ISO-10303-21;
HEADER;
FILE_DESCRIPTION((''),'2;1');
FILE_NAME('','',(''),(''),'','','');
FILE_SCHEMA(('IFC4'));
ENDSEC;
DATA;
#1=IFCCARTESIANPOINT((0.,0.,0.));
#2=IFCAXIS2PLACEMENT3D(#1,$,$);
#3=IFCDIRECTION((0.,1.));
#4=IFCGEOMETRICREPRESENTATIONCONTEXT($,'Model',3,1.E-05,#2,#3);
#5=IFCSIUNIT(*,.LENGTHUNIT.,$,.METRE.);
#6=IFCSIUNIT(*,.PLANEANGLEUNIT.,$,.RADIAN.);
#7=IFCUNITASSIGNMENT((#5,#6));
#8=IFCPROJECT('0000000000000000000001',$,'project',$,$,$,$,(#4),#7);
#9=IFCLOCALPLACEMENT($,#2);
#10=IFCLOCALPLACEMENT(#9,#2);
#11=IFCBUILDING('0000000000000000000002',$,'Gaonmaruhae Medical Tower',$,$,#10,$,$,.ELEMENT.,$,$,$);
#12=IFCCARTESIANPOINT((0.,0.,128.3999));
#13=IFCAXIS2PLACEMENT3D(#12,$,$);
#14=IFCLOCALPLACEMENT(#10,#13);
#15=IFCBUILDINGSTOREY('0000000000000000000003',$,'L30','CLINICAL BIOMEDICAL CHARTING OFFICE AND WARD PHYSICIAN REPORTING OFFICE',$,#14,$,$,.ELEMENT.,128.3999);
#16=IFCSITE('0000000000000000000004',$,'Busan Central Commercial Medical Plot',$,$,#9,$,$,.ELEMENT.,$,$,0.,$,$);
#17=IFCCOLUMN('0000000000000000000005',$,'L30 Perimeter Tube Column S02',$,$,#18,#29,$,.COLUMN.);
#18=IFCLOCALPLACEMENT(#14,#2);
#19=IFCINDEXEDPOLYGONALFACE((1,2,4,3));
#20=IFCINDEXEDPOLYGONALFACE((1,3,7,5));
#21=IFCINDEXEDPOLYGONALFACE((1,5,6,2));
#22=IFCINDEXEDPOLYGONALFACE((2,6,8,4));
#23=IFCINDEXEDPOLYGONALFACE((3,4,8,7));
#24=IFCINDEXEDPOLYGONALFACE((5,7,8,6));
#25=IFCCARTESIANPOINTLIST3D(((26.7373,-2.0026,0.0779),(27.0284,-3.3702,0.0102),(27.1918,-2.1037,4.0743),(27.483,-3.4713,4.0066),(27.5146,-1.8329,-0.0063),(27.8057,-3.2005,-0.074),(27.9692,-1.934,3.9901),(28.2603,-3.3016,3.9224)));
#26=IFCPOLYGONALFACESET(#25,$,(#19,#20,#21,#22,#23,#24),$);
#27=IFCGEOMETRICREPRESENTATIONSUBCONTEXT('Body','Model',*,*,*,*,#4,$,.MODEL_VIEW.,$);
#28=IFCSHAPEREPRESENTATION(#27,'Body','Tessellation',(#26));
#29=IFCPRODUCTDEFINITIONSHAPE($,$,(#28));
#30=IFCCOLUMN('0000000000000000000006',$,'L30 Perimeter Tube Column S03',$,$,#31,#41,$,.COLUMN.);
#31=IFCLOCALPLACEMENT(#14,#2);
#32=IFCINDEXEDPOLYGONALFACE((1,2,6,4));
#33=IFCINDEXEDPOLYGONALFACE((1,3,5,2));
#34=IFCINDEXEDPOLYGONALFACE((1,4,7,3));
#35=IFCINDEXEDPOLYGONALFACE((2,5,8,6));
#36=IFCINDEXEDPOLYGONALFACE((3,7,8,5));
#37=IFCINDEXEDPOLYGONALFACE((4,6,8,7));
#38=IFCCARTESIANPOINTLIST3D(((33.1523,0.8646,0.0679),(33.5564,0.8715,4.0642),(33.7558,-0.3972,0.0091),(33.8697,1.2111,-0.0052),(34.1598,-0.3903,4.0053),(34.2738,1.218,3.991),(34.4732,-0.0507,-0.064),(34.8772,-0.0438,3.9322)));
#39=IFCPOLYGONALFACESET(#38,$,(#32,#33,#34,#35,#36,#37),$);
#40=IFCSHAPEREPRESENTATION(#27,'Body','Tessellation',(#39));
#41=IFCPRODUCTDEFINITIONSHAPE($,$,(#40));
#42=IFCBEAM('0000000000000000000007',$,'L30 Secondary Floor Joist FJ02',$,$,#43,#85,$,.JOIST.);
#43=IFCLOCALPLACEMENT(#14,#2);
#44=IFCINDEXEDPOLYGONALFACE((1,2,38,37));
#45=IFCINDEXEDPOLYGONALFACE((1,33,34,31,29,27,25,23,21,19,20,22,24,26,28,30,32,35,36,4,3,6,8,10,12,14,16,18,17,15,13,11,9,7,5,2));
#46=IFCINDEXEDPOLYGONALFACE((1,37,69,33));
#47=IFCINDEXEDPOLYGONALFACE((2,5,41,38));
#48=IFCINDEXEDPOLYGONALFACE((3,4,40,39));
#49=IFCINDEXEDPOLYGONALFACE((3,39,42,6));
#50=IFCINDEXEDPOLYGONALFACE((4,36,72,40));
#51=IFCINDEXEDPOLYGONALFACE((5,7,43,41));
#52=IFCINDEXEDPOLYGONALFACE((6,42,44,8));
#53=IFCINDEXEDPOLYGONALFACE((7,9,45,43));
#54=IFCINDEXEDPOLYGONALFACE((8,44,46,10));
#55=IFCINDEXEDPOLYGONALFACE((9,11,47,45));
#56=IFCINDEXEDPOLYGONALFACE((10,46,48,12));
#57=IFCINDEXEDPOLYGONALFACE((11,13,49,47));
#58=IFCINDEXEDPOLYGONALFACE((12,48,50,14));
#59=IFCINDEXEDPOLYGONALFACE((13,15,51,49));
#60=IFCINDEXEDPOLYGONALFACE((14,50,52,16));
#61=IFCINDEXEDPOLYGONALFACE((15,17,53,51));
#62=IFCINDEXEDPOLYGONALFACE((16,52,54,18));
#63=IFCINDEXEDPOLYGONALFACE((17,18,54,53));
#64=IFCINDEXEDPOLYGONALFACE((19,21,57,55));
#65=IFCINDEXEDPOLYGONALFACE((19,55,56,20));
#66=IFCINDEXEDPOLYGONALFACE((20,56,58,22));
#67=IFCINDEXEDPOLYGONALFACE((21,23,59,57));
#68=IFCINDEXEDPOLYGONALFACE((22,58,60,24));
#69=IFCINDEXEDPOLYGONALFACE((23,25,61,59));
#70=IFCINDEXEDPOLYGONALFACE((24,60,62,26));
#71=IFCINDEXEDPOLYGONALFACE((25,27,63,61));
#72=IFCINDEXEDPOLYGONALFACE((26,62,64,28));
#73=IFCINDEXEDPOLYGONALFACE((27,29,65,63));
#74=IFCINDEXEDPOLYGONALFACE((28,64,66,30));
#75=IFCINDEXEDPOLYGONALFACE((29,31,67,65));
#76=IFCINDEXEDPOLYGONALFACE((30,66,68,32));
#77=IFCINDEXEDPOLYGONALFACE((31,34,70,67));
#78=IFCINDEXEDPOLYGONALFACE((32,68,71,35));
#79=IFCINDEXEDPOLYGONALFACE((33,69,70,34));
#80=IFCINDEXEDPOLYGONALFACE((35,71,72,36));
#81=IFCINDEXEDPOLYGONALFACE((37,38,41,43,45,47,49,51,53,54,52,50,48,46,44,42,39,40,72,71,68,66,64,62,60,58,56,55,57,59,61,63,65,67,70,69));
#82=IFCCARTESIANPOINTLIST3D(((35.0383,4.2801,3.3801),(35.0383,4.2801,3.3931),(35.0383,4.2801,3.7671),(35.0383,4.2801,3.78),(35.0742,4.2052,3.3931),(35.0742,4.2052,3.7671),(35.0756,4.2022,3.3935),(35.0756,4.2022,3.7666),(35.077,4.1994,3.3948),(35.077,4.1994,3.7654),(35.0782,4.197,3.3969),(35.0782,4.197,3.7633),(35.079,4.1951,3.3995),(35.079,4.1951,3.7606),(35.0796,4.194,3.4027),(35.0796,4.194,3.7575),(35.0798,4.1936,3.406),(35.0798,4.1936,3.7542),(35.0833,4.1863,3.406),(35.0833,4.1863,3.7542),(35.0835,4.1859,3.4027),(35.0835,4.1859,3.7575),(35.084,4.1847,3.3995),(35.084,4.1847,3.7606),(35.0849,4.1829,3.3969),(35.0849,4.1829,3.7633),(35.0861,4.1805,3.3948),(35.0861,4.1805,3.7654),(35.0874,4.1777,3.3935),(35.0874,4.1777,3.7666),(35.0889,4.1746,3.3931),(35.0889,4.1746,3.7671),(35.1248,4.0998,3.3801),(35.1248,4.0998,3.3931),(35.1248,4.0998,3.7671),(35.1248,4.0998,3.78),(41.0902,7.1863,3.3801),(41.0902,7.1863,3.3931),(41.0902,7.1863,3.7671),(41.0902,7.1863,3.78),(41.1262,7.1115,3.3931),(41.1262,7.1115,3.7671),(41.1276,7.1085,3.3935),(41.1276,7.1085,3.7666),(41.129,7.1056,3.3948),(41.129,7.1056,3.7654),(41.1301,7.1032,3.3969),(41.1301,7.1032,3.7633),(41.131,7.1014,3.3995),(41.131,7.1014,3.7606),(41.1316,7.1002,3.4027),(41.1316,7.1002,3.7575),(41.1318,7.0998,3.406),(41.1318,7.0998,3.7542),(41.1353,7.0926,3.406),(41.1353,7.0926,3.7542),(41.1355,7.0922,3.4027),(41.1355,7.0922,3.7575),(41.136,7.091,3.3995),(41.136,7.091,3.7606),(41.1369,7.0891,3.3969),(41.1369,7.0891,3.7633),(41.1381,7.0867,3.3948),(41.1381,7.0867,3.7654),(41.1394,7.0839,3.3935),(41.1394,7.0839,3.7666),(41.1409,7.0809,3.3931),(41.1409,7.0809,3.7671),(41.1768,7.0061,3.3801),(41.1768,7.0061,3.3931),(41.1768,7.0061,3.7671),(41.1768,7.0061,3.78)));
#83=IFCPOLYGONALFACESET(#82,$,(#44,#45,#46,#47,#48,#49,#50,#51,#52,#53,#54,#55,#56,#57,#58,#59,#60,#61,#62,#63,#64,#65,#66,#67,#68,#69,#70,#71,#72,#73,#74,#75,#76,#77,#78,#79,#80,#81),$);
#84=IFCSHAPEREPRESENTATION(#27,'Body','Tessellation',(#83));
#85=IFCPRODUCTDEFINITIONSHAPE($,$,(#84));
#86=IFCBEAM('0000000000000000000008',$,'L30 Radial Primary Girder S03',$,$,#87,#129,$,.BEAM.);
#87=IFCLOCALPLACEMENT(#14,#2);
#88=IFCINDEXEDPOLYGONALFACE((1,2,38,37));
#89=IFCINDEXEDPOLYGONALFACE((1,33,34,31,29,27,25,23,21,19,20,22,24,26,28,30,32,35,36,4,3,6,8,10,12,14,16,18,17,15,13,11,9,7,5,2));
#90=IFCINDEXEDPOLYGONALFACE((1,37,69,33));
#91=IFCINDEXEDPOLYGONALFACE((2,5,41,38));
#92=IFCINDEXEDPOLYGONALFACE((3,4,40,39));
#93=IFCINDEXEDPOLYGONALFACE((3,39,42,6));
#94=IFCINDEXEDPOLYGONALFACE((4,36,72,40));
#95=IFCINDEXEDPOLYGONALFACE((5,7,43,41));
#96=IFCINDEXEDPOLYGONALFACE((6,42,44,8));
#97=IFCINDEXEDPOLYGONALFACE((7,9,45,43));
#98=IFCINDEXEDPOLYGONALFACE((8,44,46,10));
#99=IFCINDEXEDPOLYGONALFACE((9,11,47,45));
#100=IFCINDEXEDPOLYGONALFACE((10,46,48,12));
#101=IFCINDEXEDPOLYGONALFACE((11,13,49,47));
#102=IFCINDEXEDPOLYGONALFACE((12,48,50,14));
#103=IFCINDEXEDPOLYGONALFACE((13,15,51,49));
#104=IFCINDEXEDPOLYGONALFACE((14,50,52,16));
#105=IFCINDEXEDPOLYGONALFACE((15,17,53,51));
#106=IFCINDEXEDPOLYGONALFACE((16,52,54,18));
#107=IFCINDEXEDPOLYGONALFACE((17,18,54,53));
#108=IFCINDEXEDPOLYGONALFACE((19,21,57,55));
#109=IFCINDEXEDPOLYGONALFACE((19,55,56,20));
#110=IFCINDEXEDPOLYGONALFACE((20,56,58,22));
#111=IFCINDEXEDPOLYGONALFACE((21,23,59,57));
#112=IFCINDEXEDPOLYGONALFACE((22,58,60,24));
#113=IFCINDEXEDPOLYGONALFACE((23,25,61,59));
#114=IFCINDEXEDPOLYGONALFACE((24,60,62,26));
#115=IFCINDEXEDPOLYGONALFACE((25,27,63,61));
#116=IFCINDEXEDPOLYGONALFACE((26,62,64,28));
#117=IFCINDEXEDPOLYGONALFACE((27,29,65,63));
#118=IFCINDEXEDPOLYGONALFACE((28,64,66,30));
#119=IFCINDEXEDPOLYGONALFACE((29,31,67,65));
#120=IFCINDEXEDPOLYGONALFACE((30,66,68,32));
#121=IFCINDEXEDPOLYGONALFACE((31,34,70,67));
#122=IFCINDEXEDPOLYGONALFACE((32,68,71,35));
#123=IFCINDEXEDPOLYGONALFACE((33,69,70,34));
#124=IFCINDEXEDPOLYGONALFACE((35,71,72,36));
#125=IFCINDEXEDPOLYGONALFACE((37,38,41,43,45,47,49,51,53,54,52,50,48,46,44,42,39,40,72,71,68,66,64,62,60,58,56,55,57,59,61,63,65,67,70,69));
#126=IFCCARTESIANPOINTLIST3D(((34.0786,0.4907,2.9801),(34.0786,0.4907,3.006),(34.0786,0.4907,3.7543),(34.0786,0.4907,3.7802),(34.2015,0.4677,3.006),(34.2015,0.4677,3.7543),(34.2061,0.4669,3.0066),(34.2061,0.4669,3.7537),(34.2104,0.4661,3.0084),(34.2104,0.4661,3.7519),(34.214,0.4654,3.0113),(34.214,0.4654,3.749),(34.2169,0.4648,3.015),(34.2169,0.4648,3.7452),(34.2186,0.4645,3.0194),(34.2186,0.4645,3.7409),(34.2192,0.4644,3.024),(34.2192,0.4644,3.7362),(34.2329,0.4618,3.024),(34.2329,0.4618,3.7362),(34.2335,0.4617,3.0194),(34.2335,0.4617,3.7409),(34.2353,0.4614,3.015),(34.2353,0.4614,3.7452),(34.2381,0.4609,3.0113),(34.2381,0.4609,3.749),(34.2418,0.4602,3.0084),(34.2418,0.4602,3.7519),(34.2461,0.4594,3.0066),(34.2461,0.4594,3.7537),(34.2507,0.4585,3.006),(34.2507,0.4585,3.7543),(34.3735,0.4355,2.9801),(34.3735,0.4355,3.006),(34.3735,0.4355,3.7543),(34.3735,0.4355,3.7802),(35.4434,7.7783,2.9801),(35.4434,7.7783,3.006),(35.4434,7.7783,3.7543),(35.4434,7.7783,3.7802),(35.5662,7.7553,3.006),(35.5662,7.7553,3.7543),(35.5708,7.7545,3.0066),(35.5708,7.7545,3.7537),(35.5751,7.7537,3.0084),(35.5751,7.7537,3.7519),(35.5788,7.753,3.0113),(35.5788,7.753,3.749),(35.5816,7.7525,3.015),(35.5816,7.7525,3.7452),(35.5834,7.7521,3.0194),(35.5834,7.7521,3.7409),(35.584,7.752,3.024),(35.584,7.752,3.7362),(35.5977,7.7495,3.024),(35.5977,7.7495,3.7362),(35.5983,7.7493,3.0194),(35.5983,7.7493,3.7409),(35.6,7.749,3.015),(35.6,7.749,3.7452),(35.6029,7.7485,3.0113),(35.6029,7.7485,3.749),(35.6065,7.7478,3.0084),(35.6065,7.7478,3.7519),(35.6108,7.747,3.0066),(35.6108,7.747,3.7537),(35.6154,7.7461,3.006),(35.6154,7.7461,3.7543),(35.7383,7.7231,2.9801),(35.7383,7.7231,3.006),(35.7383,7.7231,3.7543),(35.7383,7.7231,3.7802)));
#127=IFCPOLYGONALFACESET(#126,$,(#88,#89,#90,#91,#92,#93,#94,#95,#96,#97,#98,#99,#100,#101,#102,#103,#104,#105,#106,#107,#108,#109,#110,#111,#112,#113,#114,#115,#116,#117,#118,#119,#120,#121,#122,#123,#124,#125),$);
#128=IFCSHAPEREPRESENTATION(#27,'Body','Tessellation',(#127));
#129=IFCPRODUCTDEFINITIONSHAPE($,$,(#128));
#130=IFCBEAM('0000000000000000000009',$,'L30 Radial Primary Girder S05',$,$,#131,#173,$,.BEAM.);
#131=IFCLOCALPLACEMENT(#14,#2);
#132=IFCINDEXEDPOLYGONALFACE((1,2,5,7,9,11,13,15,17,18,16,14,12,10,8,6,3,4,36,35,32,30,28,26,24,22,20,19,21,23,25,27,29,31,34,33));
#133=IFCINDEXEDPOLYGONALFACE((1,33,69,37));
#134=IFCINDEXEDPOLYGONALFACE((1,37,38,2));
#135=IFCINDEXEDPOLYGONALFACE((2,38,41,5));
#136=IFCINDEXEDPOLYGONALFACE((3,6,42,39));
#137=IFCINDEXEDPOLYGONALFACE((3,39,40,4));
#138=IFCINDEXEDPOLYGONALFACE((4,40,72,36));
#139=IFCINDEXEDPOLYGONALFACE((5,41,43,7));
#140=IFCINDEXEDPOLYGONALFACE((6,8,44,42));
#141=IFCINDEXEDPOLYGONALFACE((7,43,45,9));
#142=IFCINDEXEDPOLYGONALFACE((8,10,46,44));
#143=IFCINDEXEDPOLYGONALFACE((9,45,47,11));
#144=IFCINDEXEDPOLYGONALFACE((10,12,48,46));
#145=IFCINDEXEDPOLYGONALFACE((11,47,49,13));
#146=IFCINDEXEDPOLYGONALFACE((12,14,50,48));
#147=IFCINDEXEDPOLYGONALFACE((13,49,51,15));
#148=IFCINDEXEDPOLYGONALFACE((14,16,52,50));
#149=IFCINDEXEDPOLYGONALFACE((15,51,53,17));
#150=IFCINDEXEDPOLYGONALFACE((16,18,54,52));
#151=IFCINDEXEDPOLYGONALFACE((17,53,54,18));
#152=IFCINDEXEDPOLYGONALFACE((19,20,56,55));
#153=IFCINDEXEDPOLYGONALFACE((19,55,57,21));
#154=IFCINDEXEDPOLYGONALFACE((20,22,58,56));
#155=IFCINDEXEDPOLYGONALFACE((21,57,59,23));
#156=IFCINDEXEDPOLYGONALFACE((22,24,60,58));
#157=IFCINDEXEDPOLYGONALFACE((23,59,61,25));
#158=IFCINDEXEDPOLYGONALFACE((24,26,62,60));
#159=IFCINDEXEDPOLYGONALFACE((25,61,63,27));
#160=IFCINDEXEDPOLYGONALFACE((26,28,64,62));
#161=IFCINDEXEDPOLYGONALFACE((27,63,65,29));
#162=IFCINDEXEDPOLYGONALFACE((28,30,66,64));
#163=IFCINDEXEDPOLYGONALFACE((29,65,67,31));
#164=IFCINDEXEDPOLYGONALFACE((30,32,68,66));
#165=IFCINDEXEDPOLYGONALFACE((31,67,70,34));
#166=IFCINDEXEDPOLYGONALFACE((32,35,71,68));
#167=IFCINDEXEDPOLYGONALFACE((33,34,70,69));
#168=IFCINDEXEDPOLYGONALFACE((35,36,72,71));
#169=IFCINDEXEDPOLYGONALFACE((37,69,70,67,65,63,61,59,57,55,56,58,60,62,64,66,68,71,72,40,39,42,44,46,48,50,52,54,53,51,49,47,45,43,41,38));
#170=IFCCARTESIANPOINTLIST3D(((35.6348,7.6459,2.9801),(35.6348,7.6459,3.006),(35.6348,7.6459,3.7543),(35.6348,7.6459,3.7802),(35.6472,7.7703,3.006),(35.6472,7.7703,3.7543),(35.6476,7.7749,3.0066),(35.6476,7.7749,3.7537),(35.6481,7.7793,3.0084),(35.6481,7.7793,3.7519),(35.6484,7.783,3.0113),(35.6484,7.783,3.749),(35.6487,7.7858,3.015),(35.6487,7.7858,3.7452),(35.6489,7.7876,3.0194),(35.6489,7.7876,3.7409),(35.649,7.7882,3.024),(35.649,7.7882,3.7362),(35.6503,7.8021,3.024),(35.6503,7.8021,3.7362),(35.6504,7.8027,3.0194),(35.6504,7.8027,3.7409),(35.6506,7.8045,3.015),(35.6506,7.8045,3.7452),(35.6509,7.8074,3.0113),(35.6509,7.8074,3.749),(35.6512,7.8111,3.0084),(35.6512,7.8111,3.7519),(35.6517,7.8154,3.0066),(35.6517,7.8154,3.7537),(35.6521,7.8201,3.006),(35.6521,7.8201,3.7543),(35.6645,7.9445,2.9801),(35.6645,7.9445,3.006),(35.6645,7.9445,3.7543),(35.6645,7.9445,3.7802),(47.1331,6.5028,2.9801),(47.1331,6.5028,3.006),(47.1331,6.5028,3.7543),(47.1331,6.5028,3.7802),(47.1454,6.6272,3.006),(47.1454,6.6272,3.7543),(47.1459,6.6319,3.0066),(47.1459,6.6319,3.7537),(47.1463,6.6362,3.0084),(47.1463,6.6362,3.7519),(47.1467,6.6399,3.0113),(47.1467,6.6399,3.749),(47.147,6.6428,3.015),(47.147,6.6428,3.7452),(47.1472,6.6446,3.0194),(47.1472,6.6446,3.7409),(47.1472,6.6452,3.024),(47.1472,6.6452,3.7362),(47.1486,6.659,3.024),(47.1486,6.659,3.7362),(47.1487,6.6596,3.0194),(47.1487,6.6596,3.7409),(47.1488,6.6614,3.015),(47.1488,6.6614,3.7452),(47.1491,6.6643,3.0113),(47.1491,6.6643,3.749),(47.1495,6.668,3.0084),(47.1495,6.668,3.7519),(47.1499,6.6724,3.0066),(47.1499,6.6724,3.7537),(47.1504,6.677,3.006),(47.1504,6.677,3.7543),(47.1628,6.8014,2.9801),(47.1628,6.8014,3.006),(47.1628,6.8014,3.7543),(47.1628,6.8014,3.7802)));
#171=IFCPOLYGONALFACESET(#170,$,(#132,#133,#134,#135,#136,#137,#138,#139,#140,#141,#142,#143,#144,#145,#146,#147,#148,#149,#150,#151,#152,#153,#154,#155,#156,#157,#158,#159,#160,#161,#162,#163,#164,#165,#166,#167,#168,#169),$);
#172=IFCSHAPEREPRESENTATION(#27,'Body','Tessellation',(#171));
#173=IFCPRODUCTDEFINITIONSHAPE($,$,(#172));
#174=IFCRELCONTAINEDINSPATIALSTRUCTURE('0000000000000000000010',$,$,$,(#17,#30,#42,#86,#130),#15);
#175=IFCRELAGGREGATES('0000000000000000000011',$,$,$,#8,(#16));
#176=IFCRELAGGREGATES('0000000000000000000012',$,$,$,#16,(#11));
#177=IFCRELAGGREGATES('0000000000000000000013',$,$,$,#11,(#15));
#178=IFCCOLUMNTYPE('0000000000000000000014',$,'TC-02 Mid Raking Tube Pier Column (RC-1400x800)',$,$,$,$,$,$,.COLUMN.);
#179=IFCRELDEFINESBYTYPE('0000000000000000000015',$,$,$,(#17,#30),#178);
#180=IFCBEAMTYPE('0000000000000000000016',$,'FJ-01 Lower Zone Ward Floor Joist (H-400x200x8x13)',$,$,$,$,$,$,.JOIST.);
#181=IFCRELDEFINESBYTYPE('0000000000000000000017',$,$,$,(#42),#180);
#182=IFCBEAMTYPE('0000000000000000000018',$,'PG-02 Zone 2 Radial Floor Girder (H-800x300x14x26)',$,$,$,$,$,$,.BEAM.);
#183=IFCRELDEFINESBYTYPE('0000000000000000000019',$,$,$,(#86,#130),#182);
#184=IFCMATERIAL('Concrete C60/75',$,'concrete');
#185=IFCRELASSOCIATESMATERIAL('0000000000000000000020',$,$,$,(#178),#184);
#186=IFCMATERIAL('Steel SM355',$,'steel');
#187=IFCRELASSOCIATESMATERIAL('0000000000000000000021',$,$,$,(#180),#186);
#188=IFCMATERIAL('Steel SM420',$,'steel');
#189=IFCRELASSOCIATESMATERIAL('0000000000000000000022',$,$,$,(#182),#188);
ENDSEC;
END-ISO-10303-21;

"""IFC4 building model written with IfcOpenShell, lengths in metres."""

from ifc_helpers import new_model, si_unit, direction, frame, origin, origin_2d, place, context, subcontext, project, spatial, rectangle, i_section, extrude, material, material_profile, profile_set, type_object, element, save


model = new_model("IFC4")

# Units and contexts
model_context = context("Model", 3, precision=1e-05, world=origin(), true_north=direction((0.0, 1.0)))
body_context = subcontext(model_context, "Body", "Model", "MODEL_VIEW")
ifc_project = project(units=[si_unit("LENGTHUNIT", "METRE"), si_unit("PLANEANGLEUNIT", "RADIAN")], contexts=[model_context])

# Site, building, storey
site_placement = place(None, origin())
site = spatial("IfcSite", under=ifc_project, at=site_placement, Name="Busan Central Commercial Medical Plot", CompositionType="ELEMENT", RefElevation=0.0)
building_placement = place(site_placement, origin())
building = spatial("IfcBuilding", under=site, at=building_placement, Name="Gaonmaruhae Medical Tower", CompositionType="ELEMENT")
storey_placement = place(building_placement, frame((0.0, 0.0, 128.3999)))
storey = spatial("IfcBuildingStorey", under=building, at=storey_placement, Name="L30", Description="CLINICAL BIOMEDICAL CHARTING OFFICE AND WARD PHYSICIAN REPORTING OFFICE", CompositionType="ELEMENT", Elevation=128.3999)

# Columns
ifc_material_1 = material(Name="Concrete C60/75", Category="concrete")
ifc_material_profile_1 = material_profile(ifc_material_1, rectangle(XDim=1.3999, YDim=0.8, at=origin_2d()), Name="RC-1400x800")
ifc_profile_set_1 = profile_set([ifc_material_profile_1], Name="Concrete C60/75")
column_type = type_object("IfcColumnType", Name="TC-02 Mid Raking Tube Pier Column (RC-1400x800)", PredefinedType="COLUMN", material=ifc_profile_set_1)
column_1_placement = place(storey_placement, frame((27.2715, -2.6016, 0.002), z_axis=(0.112987, -0.025122, 0.993279), x_axis=(-0.207981, 0.976936, 0.048367)))
element("IfcColumn", 1, at=column_1_placement, inside=storey, type_object=column_type, Name="L30 Perimeter Tube Column S02", PredefinedType="COLUMN", context=body_context, shape_type="SweptSolid", body=[
    extrude(rectangle(XDim=1.3999, YDim=0.8, at=origin_2d()), origin(), (0.0, 0.0, 1.0), 4.0234),
])
column_2_placement = place(storey_placement, frame((33.8127, 0.407, 0.002), z_axis=(0.100593, 0.001702, 0.994926), x_axis=(-0.431056, 0.901345, 0.04204)))
element("IfcColumn", 2, at=column_2_placement, inside=storey, type_object=column_type, Name="L30 Perimeter Tube Column S03", PredefinedType="COLUMN", context=body_context, shape_type="SweptSolid", body=[
    extrude(rectangle(XDim=1.3999, YDim=0.8, at=origin_2d()), origin(), (0.0, 0.0, 1.0), 4.0166),
])

# Beams
ifc_material_2 = material(Name="Steel SM355", Category="steel")
ifc_material_profile_2 = material_profile(ifc_material_2, i_section(OverallWidth=0.2, OverallDepth=0.3999, WebThickness=0.0081, FlangeThickness=0.0129, FilletRadius=0.0129, at=origin_2d()), Name="H-400x200x8x13")
ifc_profile_set_2 = profile_set([ifc_material_profile_2], Name="Steel SM355")
beam_type_1 = type_object("IfcBeamType", Name="FJ-01 Lower Zone Ward Floor Joist (H-400x200x8x13)", PredefinedType="JOIST", material=ifc_profile_set_2)
beam_1_placement = place(storey_placement, frame((35.0815, 4.1899, 3.5801), z_axis=(0.901448, 0.432887, 0.0), x_axis=(-0.432887, 0.901448, 0.0)))
element("IfcBeam", 3, at=beam_1_placement, inside=storey, type_object=beam_type_1, Name="L30 Secondary Floor Joist FJ02", PredefinedType="JOIST", context=body_context, shape_type="SweptSolid", body=[
    extrude(i_section(OverallWidth=0.2, OverallDepth=0.3999, WebThickness=0.0081, FlangeThickness=0.0129, FilletRadius=0.0129, at=origin_2d()), origin(), (0.0, 0.0, 1.0), 6.7136),
])
ifc_material_3 = material(Name="Steel SM420", Category="steel")
ifc_material_profile_3 = material_profile(ifc_material_3, i_section(OverallWidth=0.3, OverallDepth=0.8, WebThickness=0.0139, FlangeThickness=0.0259, FilletRadius=0.0181, at=origin_2d()), Name="H-800x300x14x26")
ifc_profile_set_3 = profile_set([ifc_material_profile_3], Name="Steel SM420")
beam_type_2 = type_object("IfcBeamType", Name="PG-02 Zone 2 Radial Floor Girder (H-800x300x14x26)", PredefinedType="BEAM", material=ifc_profile_set_3)
beam_2_placement = place(storey_placement, frame((35.5908, 7.7507, 3.3801), z_axis=(-0.18407, -0.982913, 0.0), x_axis=(0.982913, -0.18407, 0.0)))
element("IfcBeam", 4, at=beam_2_placement, inside=storey, type_object=beam_type_2, Name="L30 Radial Primary Girder S03", PredefinedType="BEAM", context=body_context, shape_type="SweptSolid", body=[
    extrude(i_section(OverallWidth=0.3, OverallDepth=0.8, WebThickness=0.0139, FlangeThickness=0.0259, FilletRadius=0.0181, at=origin_2d()), origin(), (0.0, 0.0, 1.0), 7.4143),
])
beam_3_placement = place(storey_placement, frame((35.6497, 7.7952, 3.3801), z_axis=(0.995095, -0.098924, 0.0), x_axis=(0.098924, 0.995095, 0.0)))
element("IfcBeam", 5, at=beam_3_placement, inside=storey, type_object=beam_type_2, Name="L30 Radial Primary Girder S05", PredefinedType="BEAM", context=body_context, shape_type="SweptSolid", body=[
    extrude(i_section(OverallWidth=0.3, OverallDepth=0.8, WebThickness=0.0139, FlangeThickness=0.0259, FilletRadius=0.0181, at=origin_2d()), origin(), (0.0, 0.0, 1.0), 11.5549),
])

save(model, "model.ifc")
